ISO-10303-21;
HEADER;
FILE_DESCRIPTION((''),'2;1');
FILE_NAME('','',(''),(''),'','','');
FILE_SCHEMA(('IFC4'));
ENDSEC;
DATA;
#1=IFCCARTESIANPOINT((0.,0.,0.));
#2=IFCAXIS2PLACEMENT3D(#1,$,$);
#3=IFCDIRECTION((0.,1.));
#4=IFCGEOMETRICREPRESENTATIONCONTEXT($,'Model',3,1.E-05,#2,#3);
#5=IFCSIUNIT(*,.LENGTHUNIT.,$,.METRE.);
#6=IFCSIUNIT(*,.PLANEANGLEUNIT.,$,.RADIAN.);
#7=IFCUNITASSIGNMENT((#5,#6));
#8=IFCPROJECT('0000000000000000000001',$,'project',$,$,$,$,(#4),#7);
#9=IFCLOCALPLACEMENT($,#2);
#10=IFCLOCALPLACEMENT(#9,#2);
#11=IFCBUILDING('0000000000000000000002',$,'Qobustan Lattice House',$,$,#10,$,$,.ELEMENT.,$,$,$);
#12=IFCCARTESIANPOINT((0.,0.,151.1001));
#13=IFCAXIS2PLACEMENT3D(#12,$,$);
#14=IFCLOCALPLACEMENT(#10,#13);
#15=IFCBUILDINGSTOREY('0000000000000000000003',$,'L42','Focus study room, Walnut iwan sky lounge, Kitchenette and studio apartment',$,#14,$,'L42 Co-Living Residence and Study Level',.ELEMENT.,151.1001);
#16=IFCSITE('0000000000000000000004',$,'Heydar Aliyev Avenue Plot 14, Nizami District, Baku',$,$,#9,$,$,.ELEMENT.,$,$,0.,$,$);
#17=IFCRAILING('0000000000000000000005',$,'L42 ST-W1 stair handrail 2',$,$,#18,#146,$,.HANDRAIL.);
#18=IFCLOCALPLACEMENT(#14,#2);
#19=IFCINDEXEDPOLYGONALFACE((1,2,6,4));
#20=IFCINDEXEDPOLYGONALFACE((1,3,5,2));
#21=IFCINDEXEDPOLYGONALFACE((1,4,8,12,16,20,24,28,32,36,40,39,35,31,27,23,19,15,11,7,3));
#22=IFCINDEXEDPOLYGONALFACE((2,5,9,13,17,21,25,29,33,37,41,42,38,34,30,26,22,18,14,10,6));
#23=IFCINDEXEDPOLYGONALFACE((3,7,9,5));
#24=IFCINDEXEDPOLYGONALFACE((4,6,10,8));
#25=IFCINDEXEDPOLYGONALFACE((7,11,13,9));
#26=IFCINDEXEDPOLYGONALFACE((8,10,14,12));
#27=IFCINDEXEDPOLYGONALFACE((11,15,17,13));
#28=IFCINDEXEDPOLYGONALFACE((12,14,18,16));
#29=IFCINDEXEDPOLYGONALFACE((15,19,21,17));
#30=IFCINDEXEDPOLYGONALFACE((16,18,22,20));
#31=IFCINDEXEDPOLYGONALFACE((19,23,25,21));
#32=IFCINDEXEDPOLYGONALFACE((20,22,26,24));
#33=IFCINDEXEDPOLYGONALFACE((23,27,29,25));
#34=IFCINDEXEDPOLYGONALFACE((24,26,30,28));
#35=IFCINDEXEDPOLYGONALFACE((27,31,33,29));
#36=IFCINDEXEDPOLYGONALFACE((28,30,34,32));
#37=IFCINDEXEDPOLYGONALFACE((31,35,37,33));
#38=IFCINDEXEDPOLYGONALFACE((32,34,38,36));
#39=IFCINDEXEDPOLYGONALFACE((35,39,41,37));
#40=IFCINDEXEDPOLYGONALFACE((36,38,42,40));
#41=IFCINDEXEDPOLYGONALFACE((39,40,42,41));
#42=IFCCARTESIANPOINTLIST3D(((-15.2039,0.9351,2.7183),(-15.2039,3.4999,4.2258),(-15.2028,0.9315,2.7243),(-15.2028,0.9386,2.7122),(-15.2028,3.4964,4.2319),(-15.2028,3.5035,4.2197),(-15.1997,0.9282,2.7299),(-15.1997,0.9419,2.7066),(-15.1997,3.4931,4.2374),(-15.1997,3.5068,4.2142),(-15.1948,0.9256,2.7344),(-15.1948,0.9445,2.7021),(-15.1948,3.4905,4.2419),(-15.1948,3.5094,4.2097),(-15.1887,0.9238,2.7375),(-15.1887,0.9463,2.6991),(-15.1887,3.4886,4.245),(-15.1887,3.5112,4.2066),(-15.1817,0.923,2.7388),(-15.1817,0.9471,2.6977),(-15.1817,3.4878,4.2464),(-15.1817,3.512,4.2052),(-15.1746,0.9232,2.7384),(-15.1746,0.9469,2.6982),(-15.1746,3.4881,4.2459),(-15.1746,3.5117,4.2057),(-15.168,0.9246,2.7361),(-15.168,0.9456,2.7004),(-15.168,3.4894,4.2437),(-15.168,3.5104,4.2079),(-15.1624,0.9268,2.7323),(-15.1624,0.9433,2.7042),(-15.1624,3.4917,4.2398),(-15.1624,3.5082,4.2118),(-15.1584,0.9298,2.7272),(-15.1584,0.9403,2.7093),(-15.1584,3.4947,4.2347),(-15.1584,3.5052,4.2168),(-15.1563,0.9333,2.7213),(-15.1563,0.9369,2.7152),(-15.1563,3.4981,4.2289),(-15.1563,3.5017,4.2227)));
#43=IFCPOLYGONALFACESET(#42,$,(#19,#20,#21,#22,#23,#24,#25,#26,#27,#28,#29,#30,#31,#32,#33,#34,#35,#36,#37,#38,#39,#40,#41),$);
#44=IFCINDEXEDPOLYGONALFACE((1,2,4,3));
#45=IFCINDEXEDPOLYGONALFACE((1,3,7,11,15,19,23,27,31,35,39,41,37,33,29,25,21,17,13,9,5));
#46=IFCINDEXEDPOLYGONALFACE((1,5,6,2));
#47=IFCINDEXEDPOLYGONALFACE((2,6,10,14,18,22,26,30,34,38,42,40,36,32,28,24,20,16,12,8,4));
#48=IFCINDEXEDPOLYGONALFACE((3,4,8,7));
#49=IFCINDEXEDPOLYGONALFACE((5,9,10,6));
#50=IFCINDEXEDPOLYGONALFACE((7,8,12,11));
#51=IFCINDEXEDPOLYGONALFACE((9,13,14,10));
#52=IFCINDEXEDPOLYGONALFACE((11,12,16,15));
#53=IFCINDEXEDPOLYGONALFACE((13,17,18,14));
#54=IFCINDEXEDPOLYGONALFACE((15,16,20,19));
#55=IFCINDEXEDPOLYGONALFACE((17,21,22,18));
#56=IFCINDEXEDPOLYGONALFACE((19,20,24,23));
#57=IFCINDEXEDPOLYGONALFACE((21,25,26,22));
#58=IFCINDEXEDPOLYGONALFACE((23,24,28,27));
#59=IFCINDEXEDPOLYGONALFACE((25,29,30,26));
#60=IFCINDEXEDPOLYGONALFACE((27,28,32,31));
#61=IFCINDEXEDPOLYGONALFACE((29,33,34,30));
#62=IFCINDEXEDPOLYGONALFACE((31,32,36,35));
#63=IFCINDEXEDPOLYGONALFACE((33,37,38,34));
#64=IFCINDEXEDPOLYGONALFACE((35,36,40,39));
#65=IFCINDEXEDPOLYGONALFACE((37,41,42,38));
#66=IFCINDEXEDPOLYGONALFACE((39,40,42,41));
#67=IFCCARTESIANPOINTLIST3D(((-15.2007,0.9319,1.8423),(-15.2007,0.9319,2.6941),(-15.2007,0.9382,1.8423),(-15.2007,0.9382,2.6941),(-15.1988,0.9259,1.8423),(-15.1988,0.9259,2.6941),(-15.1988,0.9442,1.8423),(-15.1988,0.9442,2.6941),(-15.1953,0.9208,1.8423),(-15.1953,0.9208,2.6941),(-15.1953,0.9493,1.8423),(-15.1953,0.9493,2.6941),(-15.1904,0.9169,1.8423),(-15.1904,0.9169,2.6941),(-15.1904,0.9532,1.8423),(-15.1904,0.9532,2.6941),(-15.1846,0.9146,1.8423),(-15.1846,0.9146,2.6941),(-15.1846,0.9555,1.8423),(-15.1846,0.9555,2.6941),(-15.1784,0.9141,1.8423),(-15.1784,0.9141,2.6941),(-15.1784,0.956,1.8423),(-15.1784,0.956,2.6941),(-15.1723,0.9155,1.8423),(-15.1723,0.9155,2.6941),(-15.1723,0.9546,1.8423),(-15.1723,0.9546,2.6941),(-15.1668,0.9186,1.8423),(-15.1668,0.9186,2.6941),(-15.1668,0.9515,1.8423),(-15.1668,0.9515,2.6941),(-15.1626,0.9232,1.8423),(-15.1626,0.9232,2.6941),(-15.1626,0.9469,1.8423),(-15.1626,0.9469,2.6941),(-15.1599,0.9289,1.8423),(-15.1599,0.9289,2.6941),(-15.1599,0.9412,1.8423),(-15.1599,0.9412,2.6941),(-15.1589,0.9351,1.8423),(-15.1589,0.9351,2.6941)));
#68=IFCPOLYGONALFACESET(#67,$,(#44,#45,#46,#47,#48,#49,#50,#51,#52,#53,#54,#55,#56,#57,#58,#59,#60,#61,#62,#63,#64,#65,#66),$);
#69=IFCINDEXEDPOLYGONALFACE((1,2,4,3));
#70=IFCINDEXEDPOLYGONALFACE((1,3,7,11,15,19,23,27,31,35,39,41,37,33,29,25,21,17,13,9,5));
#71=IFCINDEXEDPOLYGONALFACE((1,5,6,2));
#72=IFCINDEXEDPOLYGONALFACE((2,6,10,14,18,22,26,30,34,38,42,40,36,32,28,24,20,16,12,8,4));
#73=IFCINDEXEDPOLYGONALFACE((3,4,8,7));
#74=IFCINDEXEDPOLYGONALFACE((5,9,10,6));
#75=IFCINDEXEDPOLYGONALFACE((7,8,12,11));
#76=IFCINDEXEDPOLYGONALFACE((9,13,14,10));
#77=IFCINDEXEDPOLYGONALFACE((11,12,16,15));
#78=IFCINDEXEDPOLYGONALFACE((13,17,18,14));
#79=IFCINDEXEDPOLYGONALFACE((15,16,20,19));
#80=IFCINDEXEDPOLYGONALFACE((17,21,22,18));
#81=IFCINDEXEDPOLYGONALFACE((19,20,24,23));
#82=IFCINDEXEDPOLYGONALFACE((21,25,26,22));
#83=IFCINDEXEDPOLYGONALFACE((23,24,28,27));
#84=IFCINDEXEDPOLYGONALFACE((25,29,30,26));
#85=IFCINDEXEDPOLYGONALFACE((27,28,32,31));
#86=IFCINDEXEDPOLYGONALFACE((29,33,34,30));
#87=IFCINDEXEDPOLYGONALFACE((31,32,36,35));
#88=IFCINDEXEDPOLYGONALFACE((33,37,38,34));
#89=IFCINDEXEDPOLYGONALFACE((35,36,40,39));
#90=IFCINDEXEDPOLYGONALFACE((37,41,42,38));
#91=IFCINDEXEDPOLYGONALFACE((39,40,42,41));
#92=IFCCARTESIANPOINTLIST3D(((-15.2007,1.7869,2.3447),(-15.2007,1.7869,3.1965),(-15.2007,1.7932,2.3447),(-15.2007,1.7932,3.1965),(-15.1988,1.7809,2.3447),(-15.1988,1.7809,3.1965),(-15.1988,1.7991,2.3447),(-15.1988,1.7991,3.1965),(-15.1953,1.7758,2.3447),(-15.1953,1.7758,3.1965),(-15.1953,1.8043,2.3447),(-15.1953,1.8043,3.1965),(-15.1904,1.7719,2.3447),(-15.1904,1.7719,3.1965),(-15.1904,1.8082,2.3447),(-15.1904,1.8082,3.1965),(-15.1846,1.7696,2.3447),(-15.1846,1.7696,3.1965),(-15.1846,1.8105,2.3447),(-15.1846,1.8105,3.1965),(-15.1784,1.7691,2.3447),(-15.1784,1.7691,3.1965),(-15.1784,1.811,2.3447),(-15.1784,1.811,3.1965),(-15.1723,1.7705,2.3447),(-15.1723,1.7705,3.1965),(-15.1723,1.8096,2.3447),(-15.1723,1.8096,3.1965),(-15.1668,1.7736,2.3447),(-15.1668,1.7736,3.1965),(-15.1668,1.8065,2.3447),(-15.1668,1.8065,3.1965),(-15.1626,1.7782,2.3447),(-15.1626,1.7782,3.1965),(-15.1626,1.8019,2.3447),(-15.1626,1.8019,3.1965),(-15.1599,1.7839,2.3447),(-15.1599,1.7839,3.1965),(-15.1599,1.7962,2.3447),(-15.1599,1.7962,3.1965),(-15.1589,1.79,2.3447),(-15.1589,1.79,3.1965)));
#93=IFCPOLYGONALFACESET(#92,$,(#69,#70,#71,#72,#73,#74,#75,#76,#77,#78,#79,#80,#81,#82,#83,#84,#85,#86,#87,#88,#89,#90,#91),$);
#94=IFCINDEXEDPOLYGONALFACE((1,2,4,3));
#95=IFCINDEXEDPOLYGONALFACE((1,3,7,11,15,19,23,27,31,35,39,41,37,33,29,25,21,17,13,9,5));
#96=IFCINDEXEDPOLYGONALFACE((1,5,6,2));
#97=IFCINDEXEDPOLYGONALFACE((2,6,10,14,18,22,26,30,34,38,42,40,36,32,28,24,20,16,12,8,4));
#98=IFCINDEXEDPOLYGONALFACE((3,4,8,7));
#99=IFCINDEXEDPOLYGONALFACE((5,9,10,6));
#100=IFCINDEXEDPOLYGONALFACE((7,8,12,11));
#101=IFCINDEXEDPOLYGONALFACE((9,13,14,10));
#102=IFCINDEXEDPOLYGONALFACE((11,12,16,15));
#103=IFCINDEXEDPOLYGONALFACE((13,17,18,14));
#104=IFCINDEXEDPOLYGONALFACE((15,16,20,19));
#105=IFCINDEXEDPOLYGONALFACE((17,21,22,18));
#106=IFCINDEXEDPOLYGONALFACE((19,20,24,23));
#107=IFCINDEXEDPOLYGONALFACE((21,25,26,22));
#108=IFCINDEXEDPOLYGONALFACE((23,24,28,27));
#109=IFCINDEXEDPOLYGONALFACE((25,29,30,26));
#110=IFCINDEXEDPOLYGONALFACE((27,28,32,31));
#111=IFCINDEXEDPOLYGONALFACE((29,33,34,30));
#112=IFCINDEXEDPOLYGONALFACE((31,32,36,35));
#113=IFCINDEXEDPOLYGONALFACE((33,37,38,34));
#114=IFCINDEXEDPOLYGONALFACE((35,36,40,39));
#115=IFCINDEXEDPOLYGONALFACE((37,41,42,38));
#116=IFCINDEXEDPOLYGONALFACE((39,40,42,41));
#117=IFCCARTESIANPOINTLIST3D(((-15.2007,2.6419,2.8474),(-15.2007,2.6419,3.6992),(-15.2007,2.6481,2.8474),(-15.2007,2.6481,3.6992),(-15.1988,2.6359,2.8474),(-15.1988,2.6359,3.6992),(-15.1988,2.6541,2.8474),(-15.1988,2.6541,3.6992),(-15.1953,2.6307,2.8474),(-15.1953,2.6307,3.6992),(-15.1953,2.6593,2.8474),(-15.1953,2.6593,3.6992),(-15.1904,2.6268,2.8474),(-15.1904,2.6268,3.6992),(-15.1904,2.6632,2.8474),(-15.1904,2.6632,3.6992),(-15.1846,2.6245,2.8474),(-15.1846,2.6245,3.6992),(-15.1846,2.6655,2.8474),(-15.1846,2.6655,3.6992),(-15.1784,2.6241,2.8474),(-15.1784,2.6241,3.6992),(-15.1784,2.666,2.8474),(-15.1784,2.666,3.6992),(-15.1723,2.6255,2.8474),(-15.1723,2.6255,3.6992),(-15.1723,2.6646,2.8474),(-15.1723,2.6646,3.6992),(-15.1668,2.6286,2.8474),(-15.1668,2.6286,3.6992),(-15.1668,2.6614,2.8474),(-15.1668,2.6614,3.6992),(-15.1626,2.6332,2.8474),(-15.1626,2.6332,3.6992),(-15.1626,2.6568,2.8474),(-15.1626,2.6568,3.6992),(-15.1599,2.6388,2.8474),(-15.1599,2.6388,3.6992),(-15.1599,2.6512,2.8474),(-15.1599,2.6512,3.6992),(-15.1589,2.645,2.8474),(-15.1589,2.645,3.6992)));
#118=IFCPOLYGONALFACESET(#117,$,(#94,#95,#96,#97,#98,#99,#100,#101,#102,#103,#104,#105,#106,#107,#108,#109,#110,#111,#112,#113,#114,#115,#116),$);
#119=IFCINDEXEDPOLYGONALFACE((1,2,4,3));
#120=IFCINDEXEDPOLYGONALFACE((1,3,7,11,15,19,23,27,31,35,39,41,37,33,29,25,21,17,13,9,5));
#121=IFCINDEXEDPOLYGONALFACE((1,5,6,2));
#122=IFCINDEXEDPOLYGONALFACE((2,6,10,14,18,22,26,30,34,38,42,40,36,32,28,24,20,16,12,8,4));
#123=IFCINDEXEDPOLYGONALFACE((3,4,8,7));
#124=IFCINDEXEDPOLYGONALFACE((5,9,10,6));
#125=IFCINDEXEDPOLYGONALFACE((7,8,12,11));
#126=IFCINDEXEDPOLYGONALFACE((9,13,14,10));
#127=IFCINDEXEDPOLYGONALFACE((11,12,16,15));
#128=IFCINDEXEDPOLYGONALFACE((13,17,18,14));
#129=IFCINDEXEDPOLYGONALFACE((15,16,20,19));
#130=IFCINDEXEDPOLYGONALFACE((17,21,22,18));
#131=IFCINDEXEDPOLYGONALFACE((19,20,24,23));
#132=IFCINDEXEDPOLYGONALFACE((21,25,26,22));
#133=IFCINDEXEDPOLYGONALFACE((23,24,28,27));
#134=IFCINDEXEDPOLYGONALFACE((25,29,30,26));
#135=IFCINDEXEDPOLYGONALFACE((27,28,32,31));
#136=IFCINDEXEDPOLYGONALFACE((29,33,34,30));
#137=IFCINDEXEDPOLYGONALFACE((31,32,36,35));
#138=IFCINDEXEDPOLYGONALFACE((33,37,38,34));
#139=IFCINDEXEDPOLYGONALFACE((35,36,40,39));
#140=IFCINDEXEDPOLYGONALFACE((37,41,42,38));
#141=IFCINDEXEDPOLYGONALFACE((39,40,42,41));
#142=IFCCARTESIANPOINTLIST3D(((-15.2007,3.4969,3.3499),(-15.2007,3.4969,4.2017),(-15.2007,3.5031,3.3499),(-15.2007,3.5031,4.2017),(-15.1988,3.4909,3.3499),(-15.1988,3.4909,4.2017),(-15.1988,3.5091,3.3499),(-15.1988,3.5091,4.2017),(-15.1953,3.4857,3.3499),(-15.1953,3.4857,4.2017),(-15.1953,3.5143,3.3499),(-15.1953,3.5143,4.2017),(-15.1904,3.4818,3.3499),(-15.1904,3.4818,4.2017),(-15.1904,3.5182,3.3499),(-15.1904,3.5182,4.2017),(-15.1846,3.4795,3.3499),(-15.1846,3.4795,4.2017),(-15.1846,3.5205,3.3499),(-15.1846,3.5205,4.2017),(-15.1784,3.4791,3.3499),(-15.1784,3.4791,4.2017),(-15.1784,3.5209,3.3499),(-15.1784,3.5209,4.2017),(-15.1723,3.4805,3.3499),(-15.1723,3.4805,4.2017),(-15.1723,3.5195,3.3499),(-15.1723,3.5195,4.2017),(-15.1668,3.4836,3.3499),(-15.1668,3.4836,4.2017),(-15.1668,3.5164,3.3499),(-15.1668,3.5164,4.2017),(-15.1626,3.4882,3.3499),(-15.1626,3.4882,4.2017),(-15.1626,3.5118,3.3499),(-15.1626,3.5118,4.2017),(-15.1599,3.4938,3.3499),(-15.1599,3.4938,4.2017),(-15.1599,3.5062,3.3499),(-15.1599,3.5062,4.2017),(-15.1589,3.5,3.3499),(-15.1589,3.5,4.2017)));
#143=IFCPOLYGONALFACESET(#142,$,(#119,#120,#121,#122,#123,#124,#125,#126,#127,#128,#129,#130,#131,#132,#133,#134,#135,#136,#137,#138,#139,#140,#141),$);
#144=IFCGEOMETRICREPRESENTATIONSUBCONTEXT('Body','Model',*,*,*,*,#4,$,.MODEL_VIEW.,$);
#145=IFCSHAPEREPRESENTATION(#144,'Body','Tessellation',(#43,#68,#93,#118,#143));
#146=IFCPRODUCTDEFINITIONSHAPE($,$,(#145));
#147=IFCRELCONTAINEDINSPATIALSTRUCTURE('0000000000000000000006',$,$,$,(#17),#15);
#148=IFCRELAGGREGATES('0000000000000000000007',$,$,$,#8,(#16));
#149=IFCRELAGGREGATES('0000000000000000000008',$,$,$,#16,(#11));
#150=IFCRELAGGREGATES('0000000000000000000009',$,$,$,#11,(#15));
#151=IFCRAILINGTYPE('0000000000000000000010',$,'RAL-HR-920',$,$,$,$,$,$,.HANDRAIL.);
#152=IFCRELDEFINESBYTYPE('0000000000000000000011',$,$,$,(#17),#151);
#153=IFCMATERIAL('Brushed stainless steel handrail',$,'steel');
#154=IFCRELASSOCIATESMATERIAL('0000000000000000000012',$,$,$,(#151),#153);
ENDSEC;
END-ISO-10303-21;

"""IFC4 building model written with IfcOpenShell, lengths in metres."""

from ifc_helpers import new_model, si_unit, direction, frame, origin, origin_2d, place, context, subcontext, project, spatial, circle, extrude, material, type_object, element, save


model = new_model("IFC4")

# Units and contexts
model_context = context("Model", 3, precision=1e-05, world=origin(), true_north=direction((0.0, 1.0)))
body_context = subcontext(model_context, "Body", "Model", "MODEL_VIEW")
ifc_project = project(units=[si_unit("LENGTHUNIT", "METRE"), si_unit("PLANEANGLEUNIT", "RADIAN")], contexts=[model_context])

# Site, building, storey
site_placement = place(None, origin())
site = spatial("IfcSite", under=ifc_project, at=site_placement, Name="Heydar Aliyev Avenue Plot 14, Nizami District, Baku", CompositionType="ELEMENT", RefElevation=0.0)
building_placement = place(site_placement, origin())
building = spatial("IfcBuilding", under=site, at=building_placement, Name="Qobustan Lattice House", CompositionType="ELEMENT")
storey_placement = place(building_placement, frame((0.0, 0.0, 151.1001)))
storey = spatial("IfcBuildingStorey", under=building, at=storey_placement, Name="L42", Description="Focus study room, Walnut iwan sky lounge, Kitchenette and studio apartment", LongName="L42 Co-Living Residence and Study Level", CompositionType="ELEMENT", Elevation=151.1001)

# Railing
ifc_material_1 = material(Name="Brushed stainless steel handrail", Category="steel")
railing_type_1 = type_object("IfcRailingType", Name="RAL-HR-920", PredefinedType="HANDRAIL", material=ifc_material_1)
railing_1_placement = place(storey_placement, frame((-15.1799, 0.9351, 1.8423)))
element("IfcRailing", 1, at=railing_1_placement, inside=storey, type_object=railing_type_1, Name="L42 ST-W1 stair handrail 2", PredefinedType="HANDRAIL", context=body_context, shape_type="SweptSolid", body=[
    extrude(circle(Radius=0.0239, at=origin_2d()), frame((0.0, 0.0, 0.876), z_axis=(0.0, 0.862113, 0.506715), x_axis=(-1.0, 0.0, 0.0)), (0.0, 0.0, 1.0), 2.9751),
    extrude(circle(Radius=0.021, at=origin_2d()), origin(), (0.0, 0.0, 1.0), 0.8518),
    extrude(circle(Radius=0.021, at=origin_2d()), frame((0.0, 0.855, 0.5024)), (0.0, 0.0, 1.0), 0.8518),
    extrude(circle(Radius=0.021, at=origin_2d()), frame((0.0, 1.71, 1.0051)), (0.0, 0.0, 1.0), 0.8518),
    extrude(circle(Radius=0.021, at=origin_2d()), frame((0.0, 2.5649, 1.5076)), (0.0, 0.0, 1.0), 0.8518),
])

save(model, "model.ifc")
